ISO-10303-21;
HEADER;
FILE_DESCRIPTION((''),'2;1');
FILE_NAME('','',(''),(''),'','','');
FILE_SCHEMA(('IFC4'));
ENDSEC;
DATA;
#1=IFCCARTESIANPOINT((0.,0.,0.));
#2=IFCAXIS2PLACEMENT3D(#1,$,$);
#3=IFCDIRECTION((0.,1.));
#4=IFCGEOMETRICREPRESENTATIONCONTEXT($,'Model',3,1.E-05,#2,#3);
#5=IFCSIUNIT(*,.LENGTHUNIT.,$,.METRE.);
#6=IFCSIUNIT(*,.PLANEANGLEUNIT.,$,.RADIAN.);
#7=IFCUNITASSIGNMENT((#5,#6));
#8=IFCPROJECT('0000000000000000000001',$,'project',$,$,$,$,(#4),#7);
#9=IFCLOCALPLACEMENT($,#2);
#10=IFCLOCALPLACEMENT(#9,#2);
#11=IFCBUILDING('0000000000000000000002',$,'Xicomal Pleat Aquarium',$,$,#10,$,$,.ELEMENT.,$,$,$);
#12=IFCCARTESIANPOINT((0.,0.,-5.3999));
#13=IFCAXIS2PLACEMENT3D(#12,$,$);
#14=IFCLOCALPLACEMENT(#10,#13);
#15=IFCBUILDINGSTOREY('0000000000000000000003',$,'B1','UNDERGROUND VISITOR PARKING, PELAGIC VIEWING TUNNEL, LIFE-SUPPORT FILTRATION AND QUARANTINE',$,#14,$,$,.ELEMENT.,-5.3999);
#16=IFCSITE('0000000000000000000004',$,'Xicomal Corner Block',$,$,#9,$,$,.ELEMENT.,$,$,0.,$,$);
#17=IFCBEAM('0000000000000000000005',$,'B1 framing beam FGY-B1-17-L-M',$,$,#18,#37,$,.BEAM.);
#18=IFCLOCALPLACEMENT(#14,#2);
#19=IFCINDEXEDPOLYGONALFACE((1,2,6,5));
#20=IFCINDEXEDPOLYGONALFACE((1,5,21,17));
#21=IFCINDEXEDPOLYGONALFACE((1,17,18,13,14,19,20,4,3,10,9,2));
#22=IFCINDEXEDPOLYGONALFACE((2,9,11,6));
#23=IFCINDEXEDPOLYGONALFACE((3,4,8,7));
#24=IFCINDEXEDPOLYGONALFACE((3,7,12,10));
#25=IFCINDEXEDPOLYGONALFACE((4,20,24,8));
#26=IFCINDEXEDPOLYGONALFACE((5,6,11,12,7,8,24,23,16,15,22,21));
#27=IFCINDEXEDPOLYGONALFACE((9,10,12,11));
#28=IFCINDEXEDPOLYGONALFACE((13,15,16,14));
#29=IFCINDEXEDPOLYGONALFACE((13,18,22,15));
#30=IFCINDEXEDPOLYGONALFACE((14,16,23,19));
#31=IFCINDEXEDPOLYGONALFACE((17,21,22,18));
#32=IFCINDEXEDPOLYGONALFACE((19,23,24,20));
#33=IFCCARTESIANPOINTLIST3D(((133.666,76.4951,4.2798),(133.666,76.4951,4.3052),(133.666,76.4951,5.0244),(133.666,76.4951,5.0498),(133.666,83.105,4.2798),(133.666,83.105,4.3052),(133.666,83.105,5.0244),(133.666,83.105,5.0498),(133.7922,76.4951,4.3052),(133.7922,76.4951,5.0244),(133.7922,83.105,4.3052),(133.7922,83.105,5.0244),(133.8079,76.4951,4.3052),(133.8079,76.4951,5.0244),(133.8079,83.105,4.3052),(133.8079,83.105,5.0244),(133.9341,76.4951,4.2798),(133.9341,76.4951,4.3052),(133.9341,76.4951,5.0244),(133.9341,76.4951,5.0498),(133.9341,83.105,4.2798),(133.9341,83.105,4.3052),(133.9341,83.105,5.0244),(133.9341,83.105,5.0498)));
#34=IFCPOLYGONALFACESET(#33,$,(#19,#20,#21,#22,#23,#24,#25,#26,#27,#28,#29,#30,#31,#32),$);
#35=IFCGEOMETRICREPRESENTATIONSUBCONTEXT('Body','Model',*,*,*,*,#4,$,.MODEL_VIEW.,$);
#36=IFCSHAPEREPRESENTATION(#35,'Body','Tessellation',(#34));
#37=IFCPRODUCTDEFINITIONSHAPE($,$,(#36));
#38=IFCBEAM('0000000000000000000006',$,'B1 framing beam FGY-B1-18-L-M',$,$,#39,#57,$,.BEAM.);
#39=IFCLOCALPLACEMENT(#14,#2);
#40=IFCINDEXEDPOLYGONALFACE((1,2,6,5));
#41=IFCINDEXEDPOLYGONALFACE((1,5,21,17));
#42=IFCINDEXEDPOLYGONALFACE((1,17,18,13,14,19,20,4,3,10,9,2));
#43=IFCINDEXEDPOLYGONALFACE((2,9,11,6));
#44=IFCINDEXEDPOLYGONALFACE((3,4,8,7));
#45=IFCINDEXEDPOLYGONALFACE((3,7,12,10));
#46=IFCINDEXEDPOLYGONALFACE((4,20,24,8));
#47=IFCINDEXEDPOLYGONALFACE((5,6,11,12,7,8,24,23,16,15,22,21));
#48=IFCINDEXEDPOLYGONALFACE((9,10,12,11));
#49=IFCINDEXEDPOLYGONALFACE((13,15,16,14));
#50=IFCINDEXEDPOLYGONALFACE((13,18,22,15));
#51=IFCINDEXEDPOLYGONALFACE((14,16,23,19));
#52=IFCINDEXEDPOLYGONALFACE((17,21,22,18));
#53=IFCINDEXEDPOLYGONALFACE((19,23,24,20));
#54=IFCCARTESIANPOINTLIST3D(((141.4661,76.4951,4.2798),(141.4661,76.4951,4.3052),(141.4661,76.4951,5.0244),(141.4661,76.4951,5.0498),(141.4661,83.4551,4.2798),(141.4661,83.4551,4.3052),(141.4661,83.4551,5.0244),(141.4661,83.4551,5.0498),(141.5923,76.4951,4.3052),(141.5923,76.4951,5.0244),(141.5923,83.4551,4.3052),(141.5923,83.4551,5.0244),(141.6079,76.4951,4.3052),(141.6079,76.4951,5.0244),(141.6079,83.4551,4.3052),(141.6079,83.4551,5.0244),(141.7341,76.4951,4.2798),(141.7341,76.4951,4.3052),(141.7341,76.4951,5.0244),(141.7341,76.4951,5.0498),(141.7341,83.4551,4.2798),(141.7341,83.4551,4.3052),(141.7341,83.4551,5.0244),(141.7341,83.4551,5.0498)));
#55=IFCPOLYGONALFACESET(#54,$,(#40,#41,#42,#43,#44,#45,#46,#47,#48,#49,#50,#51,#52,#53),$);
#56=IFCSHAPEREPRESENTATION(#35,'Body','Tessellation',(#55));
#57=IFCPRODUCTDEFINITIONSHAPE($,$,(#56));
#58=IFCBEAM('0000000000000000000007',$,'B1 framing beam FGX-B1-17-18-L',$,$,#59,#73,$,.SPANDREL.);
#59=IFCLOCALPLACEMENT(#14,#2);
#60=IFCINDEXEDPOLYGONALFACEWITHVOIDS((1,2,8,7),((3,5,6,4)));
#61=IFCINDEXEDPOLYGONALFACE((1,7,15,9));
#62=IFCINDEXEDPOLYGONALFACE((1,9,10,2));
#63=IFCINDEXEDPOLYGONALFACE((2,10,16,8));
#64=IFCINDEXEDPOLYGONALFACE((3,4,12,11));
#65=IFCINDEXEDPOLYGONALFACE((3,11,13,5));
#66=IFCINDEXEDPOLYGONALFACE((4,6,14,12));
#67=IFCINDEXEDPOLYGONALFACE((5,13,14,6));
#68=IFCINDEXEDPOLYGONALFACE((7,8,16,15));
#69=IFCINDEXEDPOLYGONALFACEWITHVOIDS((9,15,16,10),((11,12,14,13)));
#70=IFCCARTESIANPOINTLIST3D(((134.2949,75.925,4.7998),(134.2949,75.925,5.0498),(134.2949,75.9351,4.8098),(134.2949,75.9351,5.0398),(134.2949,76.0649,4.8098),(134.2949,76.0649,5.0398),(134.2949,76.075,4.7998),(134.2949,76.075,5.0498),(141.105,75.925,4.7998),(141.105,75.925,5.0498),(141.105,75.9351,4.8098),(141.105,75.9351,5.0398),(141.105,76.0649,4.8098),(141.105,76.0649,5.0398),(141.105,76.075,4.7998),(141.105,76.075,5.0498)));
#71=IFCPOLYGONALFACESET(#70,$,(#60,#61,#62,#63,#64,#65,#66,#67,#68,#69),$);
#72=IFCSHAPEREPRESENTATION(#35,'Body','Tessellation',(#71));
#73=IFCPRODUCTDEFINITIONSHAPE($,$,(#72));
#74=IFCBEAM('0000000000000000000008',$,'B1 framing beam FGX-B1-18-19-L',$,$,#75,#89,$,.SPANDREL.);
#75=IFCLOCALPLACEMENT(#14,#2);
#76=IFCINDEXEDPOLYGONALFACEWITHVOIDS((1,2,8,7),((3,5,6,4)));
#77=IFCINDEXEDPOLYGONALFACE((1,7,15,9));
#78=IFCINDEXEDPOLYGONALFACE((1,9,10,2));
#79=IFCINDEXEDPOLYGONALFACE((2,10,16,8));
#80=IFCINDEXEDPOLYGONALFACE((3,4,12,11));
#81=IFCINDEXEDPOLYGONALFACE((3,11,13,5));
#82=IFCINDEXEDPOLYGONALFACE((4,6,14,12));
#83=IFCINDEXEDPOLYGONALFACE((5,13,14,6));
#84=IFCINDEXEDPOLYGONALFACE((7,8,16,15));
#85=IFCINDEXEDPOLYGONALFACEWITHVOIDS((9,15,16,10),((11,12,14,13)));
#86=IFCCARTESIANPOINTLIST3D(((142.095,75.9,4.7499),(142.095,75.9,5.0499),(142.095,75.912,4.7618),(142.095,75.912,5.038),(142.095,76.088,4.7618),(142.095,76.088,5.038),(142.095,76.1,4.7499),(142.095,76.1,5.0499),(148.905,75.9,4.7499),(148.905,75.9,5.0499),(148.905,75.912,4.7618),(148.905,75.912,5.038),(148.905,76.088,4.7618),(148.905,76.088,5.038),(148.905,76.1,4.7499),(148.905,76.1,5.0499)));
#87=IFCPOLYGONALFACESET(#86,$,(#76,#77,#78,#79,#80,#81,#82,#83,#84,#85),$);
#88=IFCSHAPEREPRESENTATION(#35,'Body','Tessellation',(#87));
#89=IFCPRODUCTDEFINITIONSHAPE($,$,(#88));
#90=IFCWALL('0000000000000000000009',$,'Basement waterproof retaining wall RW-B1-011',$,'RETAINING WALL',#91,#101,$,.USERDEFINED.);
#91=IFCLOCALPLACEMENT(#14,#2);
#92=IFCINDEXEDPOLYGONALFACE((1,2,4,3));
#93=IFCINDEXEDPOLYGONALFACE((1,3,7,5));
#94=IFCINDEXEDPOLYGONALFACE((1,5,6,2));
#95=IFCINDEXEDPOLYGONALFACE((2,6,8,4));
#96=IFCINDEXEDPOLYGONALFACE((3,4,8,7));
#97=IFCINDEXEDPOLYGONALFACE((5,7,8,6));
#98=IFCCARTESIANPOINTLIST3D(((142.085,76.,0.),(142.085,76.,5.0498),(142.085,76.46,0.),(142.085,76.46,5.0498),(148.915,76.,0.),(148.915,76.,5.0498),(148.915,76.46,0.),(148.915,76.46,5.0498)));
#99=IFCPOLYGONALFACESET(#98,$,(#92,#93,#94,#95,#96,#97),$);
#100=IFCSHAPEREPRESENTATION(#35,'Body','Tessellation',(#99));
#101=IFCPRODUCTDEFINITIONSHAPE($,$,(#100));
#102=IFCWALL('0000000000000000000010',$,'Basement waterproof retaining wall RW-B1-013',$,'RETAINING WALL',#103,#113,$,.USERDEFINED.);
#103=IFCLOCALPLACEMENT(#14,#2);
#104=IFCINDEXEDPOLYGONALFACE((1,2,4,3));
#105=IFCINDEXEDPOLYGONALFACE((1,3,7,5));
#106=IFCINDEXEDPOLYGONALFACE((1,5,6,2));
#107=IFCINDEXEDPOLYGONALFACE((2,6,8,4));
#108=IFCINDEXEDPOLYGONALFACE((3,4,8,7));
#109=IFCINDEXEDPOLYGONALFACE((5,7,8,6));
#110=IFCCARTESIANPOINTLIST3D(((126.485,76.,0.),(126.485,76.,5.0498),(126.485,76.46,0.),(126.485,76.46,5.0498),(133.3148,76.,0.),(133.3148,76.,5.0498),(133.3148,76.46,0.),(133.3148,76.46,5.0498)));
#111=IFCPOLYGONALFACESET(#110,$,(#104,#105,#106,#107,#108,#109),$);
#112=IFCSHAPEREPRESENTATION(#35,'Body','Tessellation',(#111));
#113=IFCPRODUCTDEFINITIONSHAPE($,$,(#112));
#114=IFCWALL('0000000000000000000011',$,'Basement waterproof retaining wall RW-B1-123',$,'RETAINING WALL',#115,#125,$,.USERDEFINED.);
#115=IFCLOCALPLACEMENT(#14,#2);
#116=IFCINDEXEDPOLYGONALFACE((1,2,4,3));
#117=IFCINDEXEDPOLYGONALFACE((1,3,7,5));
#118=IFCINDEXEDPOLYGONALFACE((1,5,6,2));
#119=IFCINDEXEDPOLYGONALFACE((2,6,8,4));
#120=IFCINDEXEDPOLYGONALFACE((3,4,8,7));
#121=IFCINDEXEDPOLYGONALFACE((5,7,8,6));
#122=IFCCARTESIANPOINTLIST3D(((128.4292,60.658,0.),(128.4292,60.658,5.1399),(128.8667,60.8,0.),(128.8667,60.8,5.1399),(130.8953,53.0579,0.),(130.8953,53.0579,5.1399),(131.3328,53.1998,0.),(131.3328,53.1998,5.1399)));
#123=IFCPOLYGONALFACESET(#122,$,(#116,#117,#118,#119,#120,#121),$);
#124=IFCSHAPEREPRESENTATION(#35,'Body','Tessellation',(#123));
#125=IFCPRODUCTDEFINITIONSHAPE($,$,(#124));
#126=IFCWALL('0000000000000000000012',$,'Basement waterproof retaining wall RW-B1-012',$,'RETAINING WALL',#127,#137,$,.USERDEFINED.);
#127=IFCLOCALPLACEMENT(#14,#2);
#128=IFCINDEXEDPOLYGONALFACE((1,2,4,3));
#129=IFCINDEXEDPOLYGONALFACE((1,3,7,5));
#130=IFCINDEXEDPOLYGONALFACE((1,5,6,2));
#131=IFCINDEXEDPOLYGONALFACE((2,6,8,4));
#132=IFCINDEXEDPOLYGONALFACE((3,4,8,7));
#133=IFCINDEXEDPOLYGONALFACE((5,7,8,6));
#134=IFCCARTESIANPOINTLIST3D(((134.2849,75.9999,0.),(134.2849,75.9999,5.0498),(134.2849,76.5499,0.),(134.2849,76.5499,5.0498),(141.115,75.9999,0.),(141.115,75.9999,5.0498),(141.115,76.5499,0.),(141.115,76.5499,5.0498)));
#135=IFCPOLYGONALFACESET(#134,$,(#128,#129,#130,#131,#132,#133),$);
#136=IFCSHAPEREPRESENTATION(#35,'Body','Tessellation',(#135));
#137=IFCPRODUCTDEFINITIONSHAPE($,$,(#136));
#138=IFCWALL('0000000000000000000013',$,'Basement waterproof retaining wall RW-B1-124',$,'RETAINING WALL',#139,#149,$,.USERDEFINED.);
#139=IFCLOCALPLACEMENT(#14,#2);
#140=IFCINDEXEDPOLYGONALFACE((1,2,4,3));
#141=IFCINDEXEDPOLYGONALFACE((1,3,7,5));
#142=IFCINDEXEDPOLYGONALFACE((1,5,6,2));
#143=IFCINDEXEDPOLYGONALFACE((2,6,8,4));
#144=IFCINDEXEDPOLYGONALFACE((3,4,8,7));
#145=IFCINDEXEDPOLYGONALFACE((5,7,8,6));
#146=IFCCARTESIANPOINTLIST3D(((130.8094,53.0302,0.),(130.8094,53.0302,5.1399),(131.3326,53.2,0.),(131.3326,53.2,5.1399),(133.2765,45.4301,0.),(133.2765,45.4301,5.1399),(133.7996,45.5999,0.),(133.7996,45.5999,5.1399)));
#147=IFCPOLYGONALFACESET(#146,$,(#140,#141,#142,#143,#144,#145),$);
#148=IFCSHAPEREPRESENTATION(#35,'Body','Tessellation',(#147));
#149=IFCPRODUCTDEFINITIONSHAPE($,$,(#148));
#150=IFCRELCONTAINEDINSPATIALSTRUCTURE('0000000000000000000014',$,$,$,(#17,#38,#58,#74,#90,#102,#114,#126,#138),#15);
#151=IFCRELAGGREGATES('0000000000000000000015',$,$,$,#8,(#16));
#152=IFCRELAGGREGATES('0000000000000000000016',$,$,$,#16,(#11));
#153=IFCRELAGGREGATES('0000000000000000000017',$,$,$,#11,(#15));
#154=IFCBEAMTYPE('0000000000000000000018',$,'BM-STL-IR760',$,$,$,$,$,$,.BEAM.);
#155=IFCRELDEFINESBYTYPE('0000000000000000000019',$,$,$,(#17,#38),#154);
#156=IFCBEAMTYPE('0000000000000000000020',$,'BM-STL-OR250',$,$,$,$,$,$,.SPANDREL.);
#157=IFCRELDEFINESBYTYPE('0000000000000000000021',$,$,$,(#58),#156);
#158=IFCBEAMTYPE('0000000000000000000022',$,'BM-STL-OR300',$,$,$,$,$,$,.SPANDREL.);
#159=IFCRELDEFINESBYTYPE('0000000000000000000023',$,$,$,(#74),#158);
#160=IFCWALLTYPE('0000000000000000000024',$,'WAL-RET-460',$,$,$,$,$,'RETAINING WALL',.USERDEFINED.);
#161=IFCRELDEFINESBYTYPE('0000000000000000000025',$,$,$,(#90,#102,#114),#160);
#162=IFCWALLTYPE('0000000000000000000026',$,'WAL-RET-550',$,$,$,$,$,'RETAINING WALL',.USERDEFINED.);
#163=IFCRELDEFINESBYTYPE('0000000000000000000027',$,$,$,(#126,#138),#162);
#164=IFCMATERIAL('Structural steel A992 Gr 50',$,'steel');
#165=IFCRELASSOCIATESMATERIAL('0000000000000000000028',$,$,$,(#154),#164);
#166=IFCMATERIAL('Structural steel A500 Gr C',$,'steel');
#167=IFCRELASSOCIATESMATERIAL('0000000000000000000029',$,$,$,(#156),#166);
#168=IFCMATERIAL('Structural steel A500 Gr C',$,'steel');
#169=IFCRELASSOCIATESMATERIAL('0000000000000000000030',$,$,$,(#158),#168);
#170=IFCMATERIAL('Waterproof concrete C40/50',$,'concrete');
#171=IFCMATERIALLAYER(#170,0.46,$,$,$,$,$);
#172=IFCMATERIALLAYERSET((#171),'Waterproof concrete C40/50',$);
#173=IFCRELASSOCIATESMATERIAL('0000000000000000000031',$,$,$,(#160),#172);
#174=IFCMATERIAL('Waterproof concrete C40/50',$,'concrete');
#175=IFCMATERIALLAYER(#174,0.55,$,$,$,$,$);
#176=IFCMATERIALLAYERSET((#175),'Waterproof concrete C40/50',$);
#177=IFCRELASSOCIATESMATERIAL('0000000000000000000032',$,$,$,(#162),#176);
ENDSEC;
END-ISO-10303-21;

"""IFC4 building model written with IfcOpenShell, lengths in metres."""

from ifc_helpers import new_model, si_unit, direction, frame, frame_2d, origin, origin_2d, place, context, subcontext, project, spatial, rectangle, hollow_rectangle, i_section, extrude, material, layer, layer_set, material_profile, profile_set, type_object, element, save


model = new_model("IFC4")

# Units and contexts
model_context = context("Model", 3, precision=1e-05, world=origin(), true_north=direction((0.0, 1.0)))
body_context = subcontext(model_context, "Body", "Model", "MODEL_VIEW")
ifc_project = project(units=[si_unit("LENGTHUNIT", "METRE"), si_unit("PLANEANGLEUNIT", "RADIAN")], contexts=[model_context])

# Site, building, storey
site_placement = place(None, origin())
site = spatial("IfcSite", under=ifc_project, at=site_placement, Name="Xicomal Corner Block", CompositionType="ELEMENT", RefElevation=0.0)
building_placement = place(site_placement, origin())
building = spatial("IfcBuilding", under=site, at=building_placement, Name="Xicomal Pleat Aquarium", CompositionType="ELEMENT")
storey_placement = place(building_placement, frame((0.0, 0.0, -5.3999)))
storey = spatial("IfcBuildingStorey", under=building, at=storey_placement, Name="B1", Description="UNDERGROUND VISITOR PARKING, PELAGIC VIEWING TUNNEL, LIFE-SUPPORT FILTRATION AND QUARANTINE", CompositionType="ELEMENT", Elevation=-5.3999)

# Beams
ifc_material_1 = material(Name="Structural steel A992 Gr 50", Category="steel")
ifc_material_profile_1 = material_profile(ifc_material_1, i_section(OverallWidth=0.2681, OverallDepth=0.77, WebThickness=0.0156, FlangeThickness=0.0254, at=origin_2d()), Name="IR 760x196")
ifc_profile_set_1 = profile_set([ifc_material_profile_1], Name="Structural steel A992 Gr 50")
beam_type_1 = type_object("IfcBeamType", Name="BM-STL-IR760", PredefinedType="BEAM", material=ifc_profile_set_1)
beam_1_placement = place(storey_placement, frame((133.8, 76.4951, 4.6648), z_axis=(0.0, 1.0, 0.0), x_axis=(-1.0, 0.0, 0.0)))
element("IfcBeam", 1, at=beam_1_placement, inside=storey, type_object=beam_type_1, Name="B1 framing beam FGY-B1-17-L-M", PredefinedType="BEAM", context=body_context, shape_type="SweptSolid", body=[
    extrude(i_section(OverallWidth=0.2681, OverallDepth=0.77, WebThickness=0.0156, FlangeThickness=0.0254, at=origin_2d()), origin(), (0.0, 0.0, 1.0), 6.6099),
])
beam_2_placement = place(storey_placement, frame((141.6001, 76.4951, 4.6648), z_axis=(0.0, 1.0, 0.0), x_axis=(-1.0, 0.0, 0.0)))
element("IfcBeam", 2, at=beam_2_placement, inside=storey, type_object=beam_type_1, Name="B1 framing beam FGY-B1-18-L-M", PredefinedType="BEAM", context=body_context, shape_type="SweptSolid", body=[
    extrude(i_section(OverallWidth=0.2681, OverallDepth=0.77, WebThickness=0.0156, FlangeThickness=0.0254, at=origin_2d()), origin(), (0.0, 0.0, 1.0), 6.96),
])
ifc_material_2 = material(Name="Structural steel A500 Gr C", Category="steel")
ifc_material_profile_2 = material_profile(ifc_material_2, hollow_rectangle(XDim=0.1499, YDim=0.25, WallThickness=0.01, at=origin_2d()), Name="OR 250x150x10")
ifc_profile_set_2 = profile_set([ifc_material_profile_2], Name="Structural steel A500 Gr C")
beam_type_2 = type_object("IfcBeamType", Name="BM-STL-OR250", PredefinedType="SPANDREL", material=ifc_profile_set_2)
beam_3_placement = place(storey_placement, frame((134.2949, 76.0, 4.9248), z_axis=(1.0, 0.0, 0.0), x_axis=(0.0, 1.0, 0.0)))
element("IfcBeam", 3, at=beam_3_placement, inside=storey, type_object=beam_type_2, Name="B1 framing beam FGX-B1-17-18-L", PredefinedType="SPANDREL", context=body_context, shape_type="SweptSolid", body=[
    extrude(hollow_rectangle(XDim=0.1499, YDim=0.25, WallThickness=0.01, at=origin_2d()), origin(), (0.0, 0.0, 1.0), 6.8101),
])
ifc_material_3 = material(Name="Structural steel A500 Gr C", Category="steel")
ifc_material_profile_3 = material_profile(ifc_material_3, hollow_rectangle(XDim=0.2, YDim=0.3, WallThickness=0.012, at=origin_2d()), Name="OR 300x200x12")
ifc_profile_set_3 = profile_set([ifc_material_profile_3], Name="Structural steel A500 Gr C")
beam_type_3 = type_object("IfcBeamType", Name="BM-STL-OR300", PredefinedType="SPANDREL", material=ifc_profile_set_3)
beam_4_placement = place(storey_placement, frame((142.095, 76.0, 4.8999), z_axis=(1.0, 0.0, 0.0), x_axis=(0.0, 1.0, 0.0)))
element("IfcBeam", 4, at=beam_4_placement, inside=storey, type_object=beam_type_3, Name="B1 framing beam FGX-B1-18-19-L", PredefinedType="SPANDREL", context=body_context, shape_type="SweptSolid", body=[
    extrude(hollow_rectangle(XDim=0.2, YDim=0.3, WallThickness=0.012, at=origin_2d()), origin(), (0.0, 0.0, 1.0), 6.8101),
])

# Walls
ifc_material_4 = material(Name="Waterproof concrete C40/50", Category="concrete")
ifc_layer_1 = layer(ifc_material_4, 0.46)
ifc_layer_set_1 = layer_set([ifc_layer_1], Name="Waterproof concrete C40/50")
wall_type_1 = type_object("IfcWallType", Name="WAL-RET-460", ElementType="RETAINING WALL", PredefinedType="USERDEFINED", material=ifc_layer_set_1)
wall_1_placement = place(storey_placement, frame((148.915, 76.23, 0.0), z_axis=(0.0, 0.0, 1.0), x_axis=(-1.0, 0.0, 0.0)))
element("IfcWall", 5, at=wall_1_placement, inside=storey, type_object=wall_type_1, Name="Basement waterproof retaining wall RW-B1-011", ObjectType="RETAINING WALL", PredefinedType="USERDEFINED", context=body_context, shape_type="SweptSolid", body=[
    extrude(rectangle(XDim=6.8301, YDim=0.46, at=frame_2d((3.415, 0.0))), origin(), (0.0, 0.0, 1.0), 5.0498),
])
wall_2_placement = place(storey_placement, frame((133.3149, 76.23, 0.0), z_axis=(0.0, 0.0, 1.0), x_axis=(-1.0, 0.0, 0.0)))
element("IfcWall", 6, at=wall_2_placement, inside=storey, type_object=wall_type_1, Name="Basement waterproof retaining wall RW-B1-013", ObjectType="RETAINING WALL", PredefinedType="USERDEFINED", context=body_context, shape_type="SweptSolid", body=[
    extrude(rectangle(XDim=6.8298, YDim=0.46, at=frame_2d((3.415, 0.0))), origin(), (0.0, 0.0, 1.0), 5.0498),
])
wall_3_placement = place(storey_placement, frame((128.6479, 60.729, 0.0), z_axis=(0.0, 0.0, 1.0), x_axis=(0.308637, -0.95118, 0.0)))
element("IfcWall", 7, at=wall_3_placement, inside=storey, type_object=wall_type_1, Name="Basement waterproof retaining wall RW-B1-123", ObjectType="RETAINING WALL", PredefinedType="USERDEFINED", context=body_context, shape_type="SweptSolid", body=[
    extrude(rectangle(XDim=7.9902, YDim=0.46, at=frame_2d((3.9951, 0.0))), origin(), (0.0, 0.0, 1.0), 5.1399),
])
ifc_material_5 = material(Name="Waterproof concrete C40/50", Category="concrete")
ifc_layer_2 = layer(ifc_material_5, 0.55)
ifc_layer_set_2 = layer_set([ifc_layer_2], Name="Waterproof concrete C40/50")
wall_type_2 = type_object("IfcWallType", Name="WAL-RET-550", ElementType="RETAINING WALL", PredefinedType="USERDEFINED", material=ifc_layer_set_2)
wall_4_placement = place(storey_placement, frame((141.115, 76.2749, 0.0), z_axis=(0.0, 0.0, 1.0), x_axis=(-1.0, 0.0, 0.0)))
element("IfcWall", 8, at=wall_4_placement, inside=storey, type_object=wall_type_2, Name="Basement waterproof retaining wall RW-B1-012", ObjectType="RETAINING WALL", PredefinedType="USERDEFINED", context=body_context, shape_type="SweptSolid", body=[
    extrude(rectangle(XDim=6.8301, YDim=0.55, at=frame_2d((3.415, 0.0))), origin(), (0.0, 0.0, 1.0), 5.0498),
])
wall_5_placement = place(storey_placement, frame((131.071, 53.115, 0.0), z_axis=(0.0, 0.0, 1.0), x_axis=(0.308748, -0.951144, 0.0)))
element("IfcWall", 9, at=wall_5_placement, inside=storey, type_object=wall_type_2, Name="Basement waterproof retaining wall RW-B1-124", ObjectType="RETAINING WALL", PredefinedType="USERDEFINED", context=body_context, shape_type="SweptSolid", body=[
    extrude(rectangle(XDim=7.9905, YDim=0.55, at=frame_2d((3.9951, 0.0))), origin(), (0.0, 0.0, 1.0), 5.1399),
])

save(model, "model.ifc")
